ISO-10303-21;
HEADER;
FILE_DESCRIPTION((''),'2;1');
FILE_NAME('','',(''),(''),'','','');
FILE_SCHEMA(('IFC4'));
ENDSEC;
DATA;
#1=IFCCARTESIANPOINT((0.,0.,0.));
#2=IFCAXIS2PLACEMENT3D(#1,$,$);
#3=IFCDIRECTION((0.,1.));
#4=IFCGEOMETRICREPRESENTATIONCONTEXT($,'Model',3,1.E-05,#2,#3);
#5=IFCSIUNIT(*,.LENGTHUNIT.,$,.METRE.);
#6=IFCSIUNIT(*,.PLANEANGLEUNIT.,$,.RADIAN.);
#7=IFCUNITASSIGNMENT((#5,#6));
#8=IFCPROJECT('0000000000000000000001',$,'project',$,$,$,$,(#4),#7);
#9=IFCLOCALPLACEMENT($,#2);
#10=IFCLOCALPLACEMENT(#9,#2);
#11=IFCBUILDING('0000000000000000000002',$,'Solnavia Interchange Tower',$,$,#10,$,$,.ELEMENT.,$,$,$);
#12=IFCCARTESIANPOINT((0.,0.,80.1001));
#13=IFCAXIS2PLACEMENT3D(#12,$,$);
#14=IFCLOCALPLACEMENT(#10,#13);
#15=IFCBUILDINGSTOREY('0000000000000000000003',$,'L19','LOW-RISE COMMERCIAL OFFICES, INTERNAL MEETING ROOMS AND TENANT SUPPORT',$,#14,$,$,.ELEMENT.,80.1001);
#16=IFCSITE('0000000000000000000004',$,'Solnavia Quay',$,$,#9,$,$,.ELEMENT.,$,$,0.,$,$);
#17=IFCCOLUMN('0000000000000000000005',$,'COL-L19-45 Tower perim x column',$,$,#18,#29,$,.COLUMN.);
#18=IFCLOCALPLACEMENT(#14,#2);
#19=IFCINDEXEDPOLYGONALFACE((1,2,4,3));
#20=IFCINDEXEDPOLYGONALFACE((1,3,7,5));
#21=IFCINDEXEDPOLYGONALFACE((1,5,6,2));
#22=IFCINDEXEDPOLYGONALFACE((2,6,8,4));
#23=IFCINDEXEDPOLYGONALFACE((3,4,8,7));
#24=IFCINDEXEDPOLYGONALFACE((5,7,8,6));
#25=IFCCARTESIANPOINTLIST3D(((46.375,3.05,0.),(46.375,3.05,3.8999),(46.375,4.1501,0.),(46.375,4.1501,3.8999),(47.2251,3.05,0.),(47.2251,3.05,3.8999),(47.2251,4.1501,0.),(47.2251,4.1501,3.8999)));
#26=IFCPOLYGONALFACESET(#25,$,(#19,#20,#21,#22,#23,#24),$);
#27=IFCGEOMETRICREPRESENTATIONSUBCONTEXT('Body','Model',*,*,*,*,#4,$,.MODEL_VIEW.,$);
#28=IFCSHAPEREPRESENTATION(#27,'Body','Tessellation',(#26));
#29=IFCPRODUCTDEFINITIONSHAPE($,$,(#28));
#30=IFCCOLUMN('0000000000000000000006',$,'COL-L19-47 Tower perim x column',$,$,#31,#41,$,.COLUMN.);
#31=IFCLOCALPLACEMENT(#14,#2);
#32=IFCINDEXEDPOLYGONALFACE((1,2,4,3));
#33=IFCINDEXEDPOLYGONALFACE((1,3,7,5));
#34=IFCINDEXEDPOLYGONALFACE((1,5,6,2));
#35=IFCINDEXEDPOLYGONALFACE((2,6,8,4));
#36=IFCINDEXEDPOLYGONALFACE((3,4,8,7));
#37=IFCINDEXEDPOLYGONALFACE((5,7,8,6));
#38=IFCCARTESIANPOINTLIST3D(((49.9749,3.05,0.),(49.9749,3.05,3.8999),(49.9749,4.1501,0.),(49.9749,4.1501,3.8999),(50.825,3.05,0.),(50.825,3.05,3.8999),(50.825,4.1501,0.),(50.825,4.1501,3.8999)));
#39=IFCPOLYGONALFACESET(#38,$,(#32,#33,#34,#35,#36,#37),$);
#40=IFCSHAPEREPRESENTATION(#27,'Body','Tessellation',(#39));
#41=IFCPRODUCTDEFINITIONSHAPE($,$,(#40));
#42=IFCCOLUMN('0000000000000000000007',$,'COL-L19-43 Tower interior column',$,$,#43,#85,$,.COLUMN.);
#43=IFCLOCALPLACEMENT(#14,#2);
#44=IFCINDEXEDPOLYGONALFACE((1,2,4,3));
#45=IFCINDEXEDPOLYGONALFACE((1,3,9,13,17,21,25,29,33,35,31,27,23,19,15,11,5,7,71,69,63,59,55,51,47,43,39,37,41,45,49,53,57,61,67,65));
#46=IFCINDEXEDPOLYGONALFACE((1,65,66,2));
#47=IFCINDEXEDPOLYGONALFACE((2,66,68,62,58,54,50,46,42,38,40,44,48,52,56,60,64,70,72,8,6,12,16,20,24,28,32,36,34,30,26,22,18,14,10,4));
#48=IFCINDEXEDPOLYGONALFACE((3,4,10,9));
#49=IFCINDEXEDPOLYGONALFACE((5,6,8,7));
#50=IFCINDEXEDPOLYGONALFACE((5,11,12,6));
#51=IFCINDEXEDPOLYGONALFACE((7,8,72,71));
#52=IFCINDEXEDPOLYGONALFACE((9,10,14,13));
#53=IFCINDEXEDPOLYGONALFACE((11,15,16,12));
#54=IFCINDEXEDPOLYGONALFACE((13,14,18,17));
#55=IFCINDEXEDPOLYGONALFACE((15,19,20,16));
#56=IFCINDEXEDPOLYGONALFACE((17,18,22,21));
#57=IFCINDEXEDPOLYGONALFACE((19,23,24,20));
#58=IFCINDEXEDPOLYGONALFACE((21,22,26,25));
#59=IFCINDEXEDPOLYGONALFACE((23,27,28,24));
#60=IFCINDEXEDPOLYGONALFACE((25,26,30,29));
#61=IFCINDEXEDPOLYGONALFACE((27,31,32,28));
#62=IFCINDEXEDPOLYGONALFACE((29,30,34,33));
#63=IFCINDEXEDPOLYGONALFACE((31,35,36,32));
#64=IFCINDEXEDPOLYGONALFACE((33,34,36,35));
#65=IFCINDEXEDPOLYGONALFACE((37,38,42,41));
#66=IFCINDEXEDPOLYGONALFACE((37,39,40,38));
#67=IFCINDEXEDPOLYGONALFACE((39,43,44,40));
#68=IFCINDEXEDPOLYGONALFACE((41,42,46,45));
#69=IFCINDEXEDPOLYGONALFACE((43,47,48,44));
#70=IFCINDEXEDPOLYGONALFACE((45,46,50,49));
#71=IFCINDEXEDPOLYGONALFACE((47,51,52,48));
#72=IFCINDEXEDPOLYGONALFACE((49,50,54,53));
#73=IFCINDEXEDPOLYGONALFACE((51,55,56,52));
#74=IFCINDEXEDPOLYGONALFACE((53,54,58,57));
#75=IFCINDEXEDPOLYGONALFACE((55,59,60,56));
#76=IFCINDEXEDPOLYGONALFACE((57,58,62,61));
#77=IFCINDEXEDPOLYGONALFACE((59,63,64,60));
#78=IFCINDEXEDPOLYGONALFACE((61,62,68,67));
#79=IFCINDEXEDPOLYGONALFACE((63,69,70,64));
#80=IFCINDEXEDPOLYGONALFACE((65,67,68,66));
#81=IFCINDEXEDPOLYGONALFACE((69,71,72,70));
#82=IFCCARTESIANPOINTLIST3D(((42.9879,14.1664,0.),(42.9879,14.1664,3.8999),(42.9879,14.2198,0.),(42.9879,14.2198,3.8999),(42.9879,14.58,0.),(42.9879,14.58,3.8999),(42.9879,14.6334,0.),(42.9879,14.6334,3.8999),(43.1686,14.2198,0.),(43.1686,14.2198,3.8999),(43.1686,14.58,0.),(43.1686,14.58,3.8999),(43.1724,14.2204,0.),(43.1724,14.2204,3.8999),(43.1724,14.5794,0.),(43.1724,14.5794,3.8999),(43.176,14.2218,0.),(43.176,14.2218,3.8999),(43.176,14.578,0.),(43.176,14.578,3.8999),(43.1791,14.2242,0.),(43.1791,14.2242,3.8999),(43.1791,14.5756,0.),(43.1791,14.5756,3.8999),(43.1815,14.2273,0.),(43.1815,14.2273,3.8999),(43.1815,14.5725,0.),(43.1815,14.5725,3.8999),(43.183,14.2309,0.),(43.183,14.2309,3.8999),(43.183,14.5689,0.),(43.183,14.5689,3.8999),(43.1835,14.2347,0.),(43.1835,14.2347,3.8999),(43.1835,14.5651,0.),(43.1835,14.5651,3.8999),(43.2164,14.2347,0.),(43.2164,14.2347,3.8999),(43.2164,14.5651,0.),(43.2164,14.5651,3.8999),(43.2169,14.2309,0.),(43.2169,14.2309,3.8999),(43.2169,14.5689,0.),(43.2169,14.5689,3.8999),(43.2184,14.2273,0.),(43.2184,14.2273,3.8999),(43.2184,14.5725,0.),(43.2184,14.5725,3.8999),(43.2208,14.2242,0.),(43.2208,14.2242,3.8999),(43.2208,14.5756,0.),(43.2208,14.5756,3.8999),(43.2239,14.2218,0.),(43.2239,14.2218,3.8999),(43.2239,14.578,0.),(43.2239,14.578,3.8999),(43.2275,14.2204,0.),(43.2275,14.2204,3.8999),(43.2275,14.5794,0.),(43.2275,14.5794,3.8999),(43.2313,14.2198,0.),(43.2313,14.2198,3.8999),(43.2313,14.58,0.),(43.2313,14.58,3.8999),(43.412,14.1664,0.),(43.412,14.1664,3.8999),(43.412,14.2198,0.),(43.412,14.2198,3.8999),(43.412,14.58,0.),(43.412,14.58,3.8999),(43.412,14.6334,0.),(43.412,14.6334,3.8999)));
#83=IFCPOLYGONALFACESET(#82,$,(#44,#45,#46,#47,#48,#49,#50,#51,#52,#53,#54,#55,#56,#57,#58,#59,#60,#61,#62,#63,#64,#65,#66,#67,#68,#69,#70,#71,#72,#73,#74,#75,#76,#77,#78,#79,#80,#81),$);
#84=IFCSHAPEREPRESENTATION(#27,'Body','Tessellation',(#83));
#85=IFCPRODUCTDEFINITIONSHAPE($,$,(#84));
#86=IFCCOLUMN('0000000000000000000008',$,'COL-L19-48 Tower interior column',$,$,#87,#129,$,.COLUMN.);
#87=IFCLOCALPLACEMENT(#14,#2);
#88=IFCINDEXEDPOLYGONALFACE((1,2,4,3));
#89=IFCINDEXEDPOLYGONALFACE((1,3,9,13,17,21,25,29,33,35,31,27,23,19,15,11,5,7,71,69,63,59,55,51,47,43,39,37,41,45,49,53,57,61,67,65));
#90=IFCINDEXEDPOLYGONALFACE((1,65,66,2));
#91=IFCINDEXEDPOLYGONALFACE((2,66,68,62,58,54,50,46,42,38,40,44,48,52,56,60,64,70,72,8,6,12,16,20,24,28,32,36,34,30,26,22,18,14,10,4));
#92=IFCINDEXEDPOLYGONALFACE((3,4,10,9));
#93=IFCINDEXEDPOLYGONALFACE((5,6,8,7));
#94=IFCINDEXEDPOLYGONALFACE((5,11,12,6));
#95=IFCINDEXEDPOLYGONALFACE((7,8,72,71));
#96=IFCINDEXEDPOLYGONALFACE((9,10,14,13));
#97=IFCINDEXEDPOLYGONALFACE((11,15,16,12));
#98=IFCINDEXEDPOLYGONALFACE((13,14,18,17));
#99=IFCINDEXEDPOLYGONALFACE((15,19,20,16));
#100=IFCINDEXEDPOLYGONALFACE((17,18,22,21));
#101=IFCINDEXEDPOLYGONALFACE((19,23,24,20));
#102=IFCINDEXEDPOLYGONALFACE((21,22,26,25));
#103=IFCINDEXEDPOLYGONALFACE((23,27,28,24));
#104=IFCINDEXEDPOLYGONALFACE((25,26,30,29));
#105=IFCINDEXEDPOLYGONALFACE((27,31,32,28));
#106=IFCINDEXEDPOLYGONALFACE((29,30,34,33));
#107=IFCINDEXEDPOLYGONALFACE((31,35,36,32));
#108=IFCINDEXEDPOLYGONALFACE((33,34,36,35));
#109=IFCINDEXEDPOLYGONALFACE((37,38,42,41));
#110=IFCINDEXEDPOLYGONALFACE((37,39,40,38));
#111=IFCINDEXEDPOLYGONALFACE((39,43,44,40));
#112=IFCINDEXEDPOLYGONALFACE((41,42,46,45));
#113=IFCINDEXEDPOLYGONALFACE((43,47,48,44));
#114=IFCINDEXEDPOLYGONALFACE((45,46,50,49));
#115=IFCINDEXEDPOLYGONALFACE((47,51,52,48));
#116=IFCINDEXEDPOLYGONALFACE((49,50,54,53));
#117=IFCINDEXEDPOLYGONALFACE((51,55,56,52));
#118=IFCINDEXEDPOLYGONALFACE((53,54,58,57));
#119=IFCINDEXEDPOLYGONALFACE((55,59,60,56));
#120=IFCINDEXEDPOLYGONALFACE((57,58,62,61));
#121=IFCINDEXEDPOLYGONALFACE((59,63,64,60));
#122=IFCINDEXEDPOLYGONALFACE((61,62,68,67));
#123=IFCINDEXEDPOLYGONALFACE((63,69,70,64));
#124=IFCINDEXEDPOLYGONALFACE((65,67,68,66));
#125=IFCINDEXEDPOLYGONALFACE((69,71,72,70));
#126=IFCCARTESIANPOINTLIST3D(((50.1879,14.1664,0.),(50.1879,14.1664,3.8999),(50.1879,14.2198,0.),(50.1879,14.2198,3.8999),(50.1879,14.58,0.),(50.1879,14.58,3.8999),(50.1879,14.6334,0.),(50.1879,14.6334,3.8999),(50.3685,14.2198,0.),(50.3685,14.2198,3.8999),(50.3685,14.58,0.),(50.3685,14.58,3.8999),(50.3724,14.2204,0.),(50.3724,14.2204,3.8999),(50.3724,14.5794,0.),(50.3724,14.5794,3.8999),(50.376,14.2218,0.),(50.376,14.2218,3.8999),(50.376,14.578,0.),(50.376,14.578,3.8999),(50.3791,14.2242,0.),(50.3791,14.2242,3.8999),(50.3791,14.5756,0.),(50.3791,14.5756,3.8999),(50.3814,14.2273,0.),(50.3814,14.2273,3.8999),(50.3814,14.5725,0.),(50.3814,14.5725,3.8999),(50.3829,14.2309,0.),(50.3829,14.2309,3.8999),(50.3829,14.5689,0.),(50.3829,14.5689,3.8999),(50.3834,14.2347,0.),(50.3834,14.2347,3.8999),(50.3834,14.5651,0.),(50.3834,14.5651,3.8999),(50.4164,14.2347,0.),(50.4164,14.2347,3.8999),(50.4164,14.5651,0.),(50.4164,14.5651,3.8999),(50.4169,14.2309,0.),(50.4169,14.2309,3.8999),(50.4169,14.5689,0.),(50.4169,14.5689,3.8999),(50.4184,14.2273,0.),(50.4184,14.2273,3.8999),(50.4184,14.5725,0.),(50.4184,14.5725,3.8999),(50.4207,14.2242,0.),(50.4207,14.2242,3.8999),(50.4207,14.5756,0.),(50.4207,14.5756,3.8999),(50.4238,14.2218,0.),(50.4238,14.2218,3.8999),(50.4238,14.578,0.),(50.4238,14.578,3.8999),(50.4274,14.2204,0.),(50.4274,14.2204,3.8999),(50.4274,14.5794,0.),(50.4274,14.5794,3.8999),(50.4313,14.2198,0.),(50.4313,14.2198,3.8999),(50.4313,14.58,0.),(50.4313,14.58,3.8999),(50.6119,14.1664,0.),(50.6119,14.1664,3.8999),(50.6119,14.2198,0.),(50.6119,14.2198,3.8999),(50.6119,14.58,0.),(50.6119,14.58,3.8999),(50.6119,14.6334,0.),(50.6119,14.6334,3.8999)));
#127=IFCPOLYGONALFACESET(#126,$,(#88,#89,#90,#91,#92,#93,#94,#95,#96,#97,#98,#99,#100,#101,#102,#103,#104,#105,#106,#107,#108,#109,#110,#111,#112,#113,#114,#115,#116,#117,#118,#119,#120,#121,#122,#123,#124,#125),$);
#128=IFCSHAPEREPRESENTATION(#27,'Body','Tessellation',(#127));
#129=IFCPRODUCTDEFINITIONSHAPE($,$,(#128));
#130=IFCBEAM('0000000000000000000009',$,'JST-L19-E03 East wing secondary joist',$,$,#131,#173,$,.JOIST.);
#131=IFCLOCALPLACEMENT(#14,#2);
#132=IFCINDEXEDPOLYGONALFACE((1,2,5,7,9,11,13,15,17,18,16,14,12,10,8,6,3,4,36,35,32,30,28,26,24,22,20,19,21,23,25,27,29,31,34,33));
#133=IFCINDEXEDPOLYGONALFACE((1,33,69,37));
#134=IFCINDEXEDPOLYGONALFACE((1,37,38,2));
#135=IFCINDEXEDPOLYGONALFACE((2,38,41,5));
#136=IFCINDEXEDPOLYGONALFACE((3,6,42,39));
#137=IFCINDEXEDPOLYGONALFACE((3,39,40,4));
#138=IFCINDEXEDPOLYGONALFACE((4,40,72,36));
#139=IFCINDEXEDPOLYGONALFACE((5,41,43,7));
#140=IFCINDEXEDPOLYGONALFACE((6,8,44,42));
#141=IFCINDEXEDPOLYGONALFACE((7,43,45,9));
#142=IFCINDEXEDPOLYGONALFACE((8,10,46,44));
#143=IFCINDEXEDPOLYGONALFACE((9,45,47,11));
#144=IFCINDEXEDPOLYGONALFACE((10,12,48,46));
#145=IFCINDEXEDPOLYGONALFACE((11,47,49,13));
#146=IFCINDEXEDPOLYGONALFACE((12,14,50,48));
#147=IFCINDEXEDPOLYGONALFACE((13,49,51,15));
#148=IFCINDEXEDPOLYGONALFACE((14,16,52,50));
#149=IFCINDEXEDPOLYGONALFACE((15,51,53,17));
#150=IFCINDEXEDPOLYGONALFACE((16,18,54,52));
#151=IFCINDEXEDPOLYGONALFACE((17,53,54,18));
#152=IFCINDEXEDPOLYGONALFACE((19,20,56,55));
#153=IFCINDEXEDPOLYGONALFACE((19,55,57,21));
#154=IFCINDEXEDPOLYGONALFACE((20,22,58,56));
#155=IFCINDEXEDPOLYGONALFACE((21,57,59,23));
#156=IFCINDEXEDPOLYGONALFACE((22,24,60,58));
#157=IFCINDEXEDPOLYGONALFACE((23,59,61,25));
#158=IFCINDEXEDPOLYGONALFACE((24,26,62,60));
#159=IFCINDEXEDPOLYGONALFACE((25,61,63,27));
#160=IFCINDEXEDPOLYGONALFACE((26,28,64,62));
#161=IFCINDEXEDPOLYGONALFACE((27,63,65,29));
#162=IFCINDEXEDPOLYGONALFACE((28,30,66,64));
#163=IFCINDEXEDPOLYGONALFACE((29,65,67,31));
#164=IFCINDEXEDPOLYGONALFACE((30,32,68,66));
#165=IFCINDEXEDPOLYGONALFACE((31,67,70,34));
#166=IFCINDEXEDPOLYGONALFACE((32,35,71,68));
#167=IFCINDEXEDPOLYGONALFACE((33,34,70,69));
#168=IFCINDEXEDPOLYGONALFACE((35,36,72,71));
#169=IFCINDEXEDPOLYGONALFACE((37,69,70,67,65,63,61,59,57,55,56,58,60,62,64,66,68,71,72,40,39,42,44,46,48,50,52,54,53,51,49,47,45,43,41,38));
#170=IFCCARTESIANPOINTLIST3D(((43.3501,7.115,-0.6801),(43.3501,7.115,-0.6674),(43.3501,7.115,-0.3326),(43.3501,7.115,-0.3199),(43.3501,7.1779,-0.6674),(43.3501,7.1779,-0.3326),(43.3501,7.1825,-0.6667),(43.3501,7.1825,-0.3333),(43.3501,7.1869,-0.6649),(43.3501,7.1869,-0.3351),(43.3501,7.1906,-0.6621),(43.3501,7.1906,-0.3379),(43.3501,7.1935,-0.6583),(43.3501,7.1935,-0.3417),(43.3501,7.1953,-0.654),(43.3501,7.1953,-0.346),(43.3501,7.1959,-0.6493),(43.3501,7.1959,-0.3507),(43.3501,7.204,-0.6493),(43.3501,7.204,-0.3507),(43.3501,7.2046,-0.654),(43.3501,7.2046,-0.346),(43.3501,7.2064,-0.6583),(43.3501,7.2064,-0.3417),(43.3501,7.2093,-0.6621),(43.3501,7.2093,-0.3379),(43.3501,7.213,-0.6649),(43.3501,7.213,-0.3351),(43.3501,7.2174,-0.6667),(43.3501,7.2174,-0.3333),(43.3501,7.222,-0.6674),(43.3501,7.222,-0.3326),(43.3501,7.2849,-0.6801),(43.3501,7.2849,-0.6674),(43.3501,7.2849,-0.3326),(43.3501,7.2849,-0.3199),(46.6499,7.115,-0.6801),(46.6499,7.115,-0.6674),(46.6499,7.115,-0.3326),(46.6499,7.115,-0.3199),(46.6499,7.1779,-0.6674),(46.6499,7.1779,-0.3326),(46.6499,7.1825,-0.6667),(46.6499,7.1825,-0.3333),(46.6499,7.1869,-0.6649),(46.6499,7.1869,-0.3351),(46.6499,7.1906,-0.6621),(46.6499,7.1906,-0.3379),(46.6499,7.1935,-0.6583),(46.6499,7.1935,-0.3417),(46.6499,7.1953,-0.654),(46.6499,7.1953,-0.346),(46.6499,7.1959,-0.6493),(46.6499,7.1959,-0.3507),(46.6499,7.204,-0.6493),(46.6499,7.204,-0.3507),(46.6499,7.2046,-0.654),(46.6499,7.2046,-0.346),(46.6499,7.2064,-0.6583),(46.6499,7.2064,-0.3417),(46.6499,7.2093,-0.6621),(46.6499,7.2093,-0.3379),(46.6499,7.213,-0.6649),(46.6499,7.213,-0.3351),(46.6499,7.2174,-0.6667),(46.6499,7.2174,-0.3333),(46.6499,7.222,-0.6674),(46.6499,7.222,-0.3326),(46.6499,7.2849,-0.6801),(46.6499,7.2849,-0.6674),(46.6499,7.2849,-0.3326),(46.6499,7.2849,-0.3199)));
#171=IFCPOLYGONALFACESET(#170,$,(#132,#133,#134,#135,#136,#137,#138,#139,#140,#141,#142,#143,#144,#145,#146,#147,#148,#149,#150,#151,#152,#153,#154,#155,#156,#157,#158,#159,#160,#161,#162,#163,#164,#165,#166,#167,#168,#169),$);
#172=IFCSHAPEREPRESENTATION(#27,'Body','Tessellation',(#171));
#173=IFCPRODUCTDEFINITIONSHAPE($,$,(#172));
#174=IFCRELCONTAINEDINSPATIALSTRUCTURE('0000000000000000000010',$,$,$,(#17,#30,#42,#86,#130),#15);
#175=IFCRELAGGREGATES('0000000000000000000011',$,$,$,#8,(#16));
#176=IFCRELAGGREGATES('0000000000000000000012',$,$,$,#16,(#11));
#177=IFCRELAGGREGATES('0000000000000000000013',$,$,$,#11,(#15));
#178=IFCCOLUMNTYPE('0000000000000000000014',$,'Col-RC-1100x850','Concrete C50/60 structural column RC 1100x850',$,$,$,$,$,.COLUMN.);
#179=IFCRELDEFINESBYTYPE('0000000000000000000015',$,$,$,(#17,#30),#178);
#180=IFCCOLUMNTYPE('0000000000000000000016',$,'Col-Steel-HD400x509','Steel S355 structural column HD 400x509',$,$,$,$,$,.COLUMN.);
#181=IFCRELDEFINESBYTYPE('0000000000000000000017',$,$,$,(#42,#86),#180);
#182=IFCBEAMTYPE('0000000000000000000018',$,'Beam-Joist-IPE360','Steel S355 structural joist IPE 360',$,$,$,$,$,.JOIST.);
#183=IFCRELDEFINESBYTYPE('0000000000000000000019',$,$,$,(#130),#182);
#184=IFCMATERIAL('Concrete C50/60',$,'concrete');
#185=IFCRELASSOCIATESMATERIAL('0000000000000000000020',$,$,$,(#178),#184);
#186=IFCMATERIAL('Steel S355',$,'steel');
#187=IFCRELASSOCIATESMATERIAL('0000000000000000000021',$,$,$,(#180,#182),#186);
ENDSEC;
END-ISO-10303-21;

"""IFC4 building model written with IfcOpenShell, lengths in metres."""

from ifc_helpers import new_model, si_unit, direction, frame, origin, origin_2d, place, context, subcontext, project, spatial, rectangle, i_section, extrude, material, material_profile, profile_set, type_object, element, save


model = new_model("IFC4")

# Units and contexts
model_context = context("Model", 3, precision=1e-05, world=origin(), true_north=direction((0.0, 1.0)))
body_context = subcontext(model_context, "Body", "Model", "MODEL_VIEW")
ifc_project = project(units=[si_unit("LENGTHUNIT", "METRE"), si_unit("PLANEANGLEUNIT", "RADIAN")], contexts=[model_context])

# Site, building, storey
site_placement = place(None, origin())
site = spatial("IfcSite", under=ifc_project, at=site_placement, Name="Solnavia Quay", CompositionType="ELEMENT", RefElevation=0.0)
building_placement = place(site_placement, origin())
building = spatial("IfcBuilding", under=site, at=building_placement, Name="Solnavia Interchange Tower", CompositionType="ELEMENT")
storey_placement = place(building_placement, frame((0.0, 0.0, 80.1001)))
storey = spatial("IfcBuildingStorey", under=building, at=storey_placement, Name="L19", Description="LOW-RISE COMMERCIAL OFFICES, INTERNAL MEETING ROOMS AND TENANT SUPPORT", CompositionType="ELEMENT", Elevation=80.1001)

# Columns
ifc_material_1 = material(Name="Concrete C50/60", Category="concrete")
ifc_material_profile_1 = material_profile(ifc_material_1, rectangle(XDim=0.8501, YDim=1.1001, at=origin_2d()), Name="RC 1100x850")
ifc_profile_set_1 = profile_set([ifc_material_profile_1], Name="Concrete C50/60")
column_type_1 = type_object("IfcColumnType", Name="Col-RC-1100x850", Description="Concrete C50/60 structural column RC 1100x850", PredefinedType="COLUMN", material=ifc_profile_set_1)
for number, where, z_axis, x_axis, name in (
    (1, (46.8, 3.6001, 0.0), (0.0, 0.0, 1.0), (1.0, 0.0, 0.0), "COL-L19-45 Tower perim x column"),
    (2, (50.3999, 3.6001, 0.0), (0.0, 0.0, 1.0), (1.0, 0.0, 0.0), "COL-L19-47 Tower perim x column"),
):
    element("IfcColumn", number, at=place(storey_placement, frame(where, z_axis=z_axis, x_axis=x_axis)), inside=storey, type_object=column_type_1, Name=name, PredefinedType="COLUMN", context=body_context, shape_type="SweptSolid", body=[
        extrude(rectangle(XDim=0.8501, YDim=1.1001, at=origin_2d()), origin(), (0.0, 0.0, 1.0), 3.8999),
    ])
ifc_material_2 = material(Name="Steel S355", Category="steel")
ifc_material_profile_2 = material_profile(ifc_material_2, i_section(OverallWidth=0.4241, OverallDepth=0.467, WebThickness=0.033, FlangeThickness=0.0535, FilletRadius=0.0149, at=origin_2d()), Name="HD 400x509")
ifc_profile_set_2 = profile_set([ifc_material_profile_2], Name="Steel S355")
column_type_2 = type_object("IfcColumnType", Name="Col-Steel-HD400x509", Description="Steel S355 structural column HD 400x509", PredefinedType="COLUMN", material=ifc_profile_set_2)
for number, where, z_axis, x_axis, name in (
    (3, (43.2, 14.3999, 0.0), (0.0, 0.0, 1.0), (1.0, 0.0, 0.0), "COL-L19-43 Tower interior column"),
    (4, (50.3999, 14.3999, 0.0), (0.0, 0.0, 1.0), (1.0, 0.0, 0.0), "COL-L19-48 Tower interior column"),
):
    element("IfcColumn", number, at=place(storey_placement, frame(where, z_axis=z_axis, x_axis=x_axis)), inside=storey, type_object=column_type_2, Name=name, PredefinedType="COLUMN", context=body_context, shape_type="SweptSolid", body=[
        extrude(i_section(OverallWidth=0.4241, OverallDepth=0.467, WebThickness=0.033, FlangeThickness=0.0535, FilletRadius=0.0149, at=origin_2d()), origin(), (0.0, 0.0, 1.0), 3.8999),
    ])

# Beam
ifc_material_profile_3 = material_profile(ifc_material_2, i_section(OverallWidth=0.1699, OverallDepth=0.3601, WebThickness=0.0081, FlangeThickness=0.0127, FilletRadius=0.0181, at=origin_2d()), Name="IPE 360")
ifc_profile_set_3 = profile_set([ifc_material_profile_3], Name="Steel S355")
beam_type_1 = type_object("IfcBeamType", Name="Beam-Joist-IPE360", Description="Steel S355 structural joist IPE 360", PredefinedType="JOIST", material=ifc_profile_set_3)
beam_1_placement = place(storey_placement, frame((43.3501, 7.2, -0.5), z_axis=(1.0, 0.0, 0.0), x_axis=(0.0, 1.0, 0.0)))
element("IfcBeam", 5, at=beam_1_placement, inside=storey, type_object=beam_type_1, Name="JST-L19-E03 East wing secondary joist", PredefinedType="JOIST", context=body_context, shape_type="SweptSolid", body=[
    extrude(i_section(OverallWidth=0.1699, OverallDepth=0.3601, WebThickness=0.0081, FlangeThickness=0.0127, FilletRadius=0.0181, at=origin_2d()), origin(), (0.0, 0.0, 1.0), 3.2998),
])

save(model, "model.ifc")
